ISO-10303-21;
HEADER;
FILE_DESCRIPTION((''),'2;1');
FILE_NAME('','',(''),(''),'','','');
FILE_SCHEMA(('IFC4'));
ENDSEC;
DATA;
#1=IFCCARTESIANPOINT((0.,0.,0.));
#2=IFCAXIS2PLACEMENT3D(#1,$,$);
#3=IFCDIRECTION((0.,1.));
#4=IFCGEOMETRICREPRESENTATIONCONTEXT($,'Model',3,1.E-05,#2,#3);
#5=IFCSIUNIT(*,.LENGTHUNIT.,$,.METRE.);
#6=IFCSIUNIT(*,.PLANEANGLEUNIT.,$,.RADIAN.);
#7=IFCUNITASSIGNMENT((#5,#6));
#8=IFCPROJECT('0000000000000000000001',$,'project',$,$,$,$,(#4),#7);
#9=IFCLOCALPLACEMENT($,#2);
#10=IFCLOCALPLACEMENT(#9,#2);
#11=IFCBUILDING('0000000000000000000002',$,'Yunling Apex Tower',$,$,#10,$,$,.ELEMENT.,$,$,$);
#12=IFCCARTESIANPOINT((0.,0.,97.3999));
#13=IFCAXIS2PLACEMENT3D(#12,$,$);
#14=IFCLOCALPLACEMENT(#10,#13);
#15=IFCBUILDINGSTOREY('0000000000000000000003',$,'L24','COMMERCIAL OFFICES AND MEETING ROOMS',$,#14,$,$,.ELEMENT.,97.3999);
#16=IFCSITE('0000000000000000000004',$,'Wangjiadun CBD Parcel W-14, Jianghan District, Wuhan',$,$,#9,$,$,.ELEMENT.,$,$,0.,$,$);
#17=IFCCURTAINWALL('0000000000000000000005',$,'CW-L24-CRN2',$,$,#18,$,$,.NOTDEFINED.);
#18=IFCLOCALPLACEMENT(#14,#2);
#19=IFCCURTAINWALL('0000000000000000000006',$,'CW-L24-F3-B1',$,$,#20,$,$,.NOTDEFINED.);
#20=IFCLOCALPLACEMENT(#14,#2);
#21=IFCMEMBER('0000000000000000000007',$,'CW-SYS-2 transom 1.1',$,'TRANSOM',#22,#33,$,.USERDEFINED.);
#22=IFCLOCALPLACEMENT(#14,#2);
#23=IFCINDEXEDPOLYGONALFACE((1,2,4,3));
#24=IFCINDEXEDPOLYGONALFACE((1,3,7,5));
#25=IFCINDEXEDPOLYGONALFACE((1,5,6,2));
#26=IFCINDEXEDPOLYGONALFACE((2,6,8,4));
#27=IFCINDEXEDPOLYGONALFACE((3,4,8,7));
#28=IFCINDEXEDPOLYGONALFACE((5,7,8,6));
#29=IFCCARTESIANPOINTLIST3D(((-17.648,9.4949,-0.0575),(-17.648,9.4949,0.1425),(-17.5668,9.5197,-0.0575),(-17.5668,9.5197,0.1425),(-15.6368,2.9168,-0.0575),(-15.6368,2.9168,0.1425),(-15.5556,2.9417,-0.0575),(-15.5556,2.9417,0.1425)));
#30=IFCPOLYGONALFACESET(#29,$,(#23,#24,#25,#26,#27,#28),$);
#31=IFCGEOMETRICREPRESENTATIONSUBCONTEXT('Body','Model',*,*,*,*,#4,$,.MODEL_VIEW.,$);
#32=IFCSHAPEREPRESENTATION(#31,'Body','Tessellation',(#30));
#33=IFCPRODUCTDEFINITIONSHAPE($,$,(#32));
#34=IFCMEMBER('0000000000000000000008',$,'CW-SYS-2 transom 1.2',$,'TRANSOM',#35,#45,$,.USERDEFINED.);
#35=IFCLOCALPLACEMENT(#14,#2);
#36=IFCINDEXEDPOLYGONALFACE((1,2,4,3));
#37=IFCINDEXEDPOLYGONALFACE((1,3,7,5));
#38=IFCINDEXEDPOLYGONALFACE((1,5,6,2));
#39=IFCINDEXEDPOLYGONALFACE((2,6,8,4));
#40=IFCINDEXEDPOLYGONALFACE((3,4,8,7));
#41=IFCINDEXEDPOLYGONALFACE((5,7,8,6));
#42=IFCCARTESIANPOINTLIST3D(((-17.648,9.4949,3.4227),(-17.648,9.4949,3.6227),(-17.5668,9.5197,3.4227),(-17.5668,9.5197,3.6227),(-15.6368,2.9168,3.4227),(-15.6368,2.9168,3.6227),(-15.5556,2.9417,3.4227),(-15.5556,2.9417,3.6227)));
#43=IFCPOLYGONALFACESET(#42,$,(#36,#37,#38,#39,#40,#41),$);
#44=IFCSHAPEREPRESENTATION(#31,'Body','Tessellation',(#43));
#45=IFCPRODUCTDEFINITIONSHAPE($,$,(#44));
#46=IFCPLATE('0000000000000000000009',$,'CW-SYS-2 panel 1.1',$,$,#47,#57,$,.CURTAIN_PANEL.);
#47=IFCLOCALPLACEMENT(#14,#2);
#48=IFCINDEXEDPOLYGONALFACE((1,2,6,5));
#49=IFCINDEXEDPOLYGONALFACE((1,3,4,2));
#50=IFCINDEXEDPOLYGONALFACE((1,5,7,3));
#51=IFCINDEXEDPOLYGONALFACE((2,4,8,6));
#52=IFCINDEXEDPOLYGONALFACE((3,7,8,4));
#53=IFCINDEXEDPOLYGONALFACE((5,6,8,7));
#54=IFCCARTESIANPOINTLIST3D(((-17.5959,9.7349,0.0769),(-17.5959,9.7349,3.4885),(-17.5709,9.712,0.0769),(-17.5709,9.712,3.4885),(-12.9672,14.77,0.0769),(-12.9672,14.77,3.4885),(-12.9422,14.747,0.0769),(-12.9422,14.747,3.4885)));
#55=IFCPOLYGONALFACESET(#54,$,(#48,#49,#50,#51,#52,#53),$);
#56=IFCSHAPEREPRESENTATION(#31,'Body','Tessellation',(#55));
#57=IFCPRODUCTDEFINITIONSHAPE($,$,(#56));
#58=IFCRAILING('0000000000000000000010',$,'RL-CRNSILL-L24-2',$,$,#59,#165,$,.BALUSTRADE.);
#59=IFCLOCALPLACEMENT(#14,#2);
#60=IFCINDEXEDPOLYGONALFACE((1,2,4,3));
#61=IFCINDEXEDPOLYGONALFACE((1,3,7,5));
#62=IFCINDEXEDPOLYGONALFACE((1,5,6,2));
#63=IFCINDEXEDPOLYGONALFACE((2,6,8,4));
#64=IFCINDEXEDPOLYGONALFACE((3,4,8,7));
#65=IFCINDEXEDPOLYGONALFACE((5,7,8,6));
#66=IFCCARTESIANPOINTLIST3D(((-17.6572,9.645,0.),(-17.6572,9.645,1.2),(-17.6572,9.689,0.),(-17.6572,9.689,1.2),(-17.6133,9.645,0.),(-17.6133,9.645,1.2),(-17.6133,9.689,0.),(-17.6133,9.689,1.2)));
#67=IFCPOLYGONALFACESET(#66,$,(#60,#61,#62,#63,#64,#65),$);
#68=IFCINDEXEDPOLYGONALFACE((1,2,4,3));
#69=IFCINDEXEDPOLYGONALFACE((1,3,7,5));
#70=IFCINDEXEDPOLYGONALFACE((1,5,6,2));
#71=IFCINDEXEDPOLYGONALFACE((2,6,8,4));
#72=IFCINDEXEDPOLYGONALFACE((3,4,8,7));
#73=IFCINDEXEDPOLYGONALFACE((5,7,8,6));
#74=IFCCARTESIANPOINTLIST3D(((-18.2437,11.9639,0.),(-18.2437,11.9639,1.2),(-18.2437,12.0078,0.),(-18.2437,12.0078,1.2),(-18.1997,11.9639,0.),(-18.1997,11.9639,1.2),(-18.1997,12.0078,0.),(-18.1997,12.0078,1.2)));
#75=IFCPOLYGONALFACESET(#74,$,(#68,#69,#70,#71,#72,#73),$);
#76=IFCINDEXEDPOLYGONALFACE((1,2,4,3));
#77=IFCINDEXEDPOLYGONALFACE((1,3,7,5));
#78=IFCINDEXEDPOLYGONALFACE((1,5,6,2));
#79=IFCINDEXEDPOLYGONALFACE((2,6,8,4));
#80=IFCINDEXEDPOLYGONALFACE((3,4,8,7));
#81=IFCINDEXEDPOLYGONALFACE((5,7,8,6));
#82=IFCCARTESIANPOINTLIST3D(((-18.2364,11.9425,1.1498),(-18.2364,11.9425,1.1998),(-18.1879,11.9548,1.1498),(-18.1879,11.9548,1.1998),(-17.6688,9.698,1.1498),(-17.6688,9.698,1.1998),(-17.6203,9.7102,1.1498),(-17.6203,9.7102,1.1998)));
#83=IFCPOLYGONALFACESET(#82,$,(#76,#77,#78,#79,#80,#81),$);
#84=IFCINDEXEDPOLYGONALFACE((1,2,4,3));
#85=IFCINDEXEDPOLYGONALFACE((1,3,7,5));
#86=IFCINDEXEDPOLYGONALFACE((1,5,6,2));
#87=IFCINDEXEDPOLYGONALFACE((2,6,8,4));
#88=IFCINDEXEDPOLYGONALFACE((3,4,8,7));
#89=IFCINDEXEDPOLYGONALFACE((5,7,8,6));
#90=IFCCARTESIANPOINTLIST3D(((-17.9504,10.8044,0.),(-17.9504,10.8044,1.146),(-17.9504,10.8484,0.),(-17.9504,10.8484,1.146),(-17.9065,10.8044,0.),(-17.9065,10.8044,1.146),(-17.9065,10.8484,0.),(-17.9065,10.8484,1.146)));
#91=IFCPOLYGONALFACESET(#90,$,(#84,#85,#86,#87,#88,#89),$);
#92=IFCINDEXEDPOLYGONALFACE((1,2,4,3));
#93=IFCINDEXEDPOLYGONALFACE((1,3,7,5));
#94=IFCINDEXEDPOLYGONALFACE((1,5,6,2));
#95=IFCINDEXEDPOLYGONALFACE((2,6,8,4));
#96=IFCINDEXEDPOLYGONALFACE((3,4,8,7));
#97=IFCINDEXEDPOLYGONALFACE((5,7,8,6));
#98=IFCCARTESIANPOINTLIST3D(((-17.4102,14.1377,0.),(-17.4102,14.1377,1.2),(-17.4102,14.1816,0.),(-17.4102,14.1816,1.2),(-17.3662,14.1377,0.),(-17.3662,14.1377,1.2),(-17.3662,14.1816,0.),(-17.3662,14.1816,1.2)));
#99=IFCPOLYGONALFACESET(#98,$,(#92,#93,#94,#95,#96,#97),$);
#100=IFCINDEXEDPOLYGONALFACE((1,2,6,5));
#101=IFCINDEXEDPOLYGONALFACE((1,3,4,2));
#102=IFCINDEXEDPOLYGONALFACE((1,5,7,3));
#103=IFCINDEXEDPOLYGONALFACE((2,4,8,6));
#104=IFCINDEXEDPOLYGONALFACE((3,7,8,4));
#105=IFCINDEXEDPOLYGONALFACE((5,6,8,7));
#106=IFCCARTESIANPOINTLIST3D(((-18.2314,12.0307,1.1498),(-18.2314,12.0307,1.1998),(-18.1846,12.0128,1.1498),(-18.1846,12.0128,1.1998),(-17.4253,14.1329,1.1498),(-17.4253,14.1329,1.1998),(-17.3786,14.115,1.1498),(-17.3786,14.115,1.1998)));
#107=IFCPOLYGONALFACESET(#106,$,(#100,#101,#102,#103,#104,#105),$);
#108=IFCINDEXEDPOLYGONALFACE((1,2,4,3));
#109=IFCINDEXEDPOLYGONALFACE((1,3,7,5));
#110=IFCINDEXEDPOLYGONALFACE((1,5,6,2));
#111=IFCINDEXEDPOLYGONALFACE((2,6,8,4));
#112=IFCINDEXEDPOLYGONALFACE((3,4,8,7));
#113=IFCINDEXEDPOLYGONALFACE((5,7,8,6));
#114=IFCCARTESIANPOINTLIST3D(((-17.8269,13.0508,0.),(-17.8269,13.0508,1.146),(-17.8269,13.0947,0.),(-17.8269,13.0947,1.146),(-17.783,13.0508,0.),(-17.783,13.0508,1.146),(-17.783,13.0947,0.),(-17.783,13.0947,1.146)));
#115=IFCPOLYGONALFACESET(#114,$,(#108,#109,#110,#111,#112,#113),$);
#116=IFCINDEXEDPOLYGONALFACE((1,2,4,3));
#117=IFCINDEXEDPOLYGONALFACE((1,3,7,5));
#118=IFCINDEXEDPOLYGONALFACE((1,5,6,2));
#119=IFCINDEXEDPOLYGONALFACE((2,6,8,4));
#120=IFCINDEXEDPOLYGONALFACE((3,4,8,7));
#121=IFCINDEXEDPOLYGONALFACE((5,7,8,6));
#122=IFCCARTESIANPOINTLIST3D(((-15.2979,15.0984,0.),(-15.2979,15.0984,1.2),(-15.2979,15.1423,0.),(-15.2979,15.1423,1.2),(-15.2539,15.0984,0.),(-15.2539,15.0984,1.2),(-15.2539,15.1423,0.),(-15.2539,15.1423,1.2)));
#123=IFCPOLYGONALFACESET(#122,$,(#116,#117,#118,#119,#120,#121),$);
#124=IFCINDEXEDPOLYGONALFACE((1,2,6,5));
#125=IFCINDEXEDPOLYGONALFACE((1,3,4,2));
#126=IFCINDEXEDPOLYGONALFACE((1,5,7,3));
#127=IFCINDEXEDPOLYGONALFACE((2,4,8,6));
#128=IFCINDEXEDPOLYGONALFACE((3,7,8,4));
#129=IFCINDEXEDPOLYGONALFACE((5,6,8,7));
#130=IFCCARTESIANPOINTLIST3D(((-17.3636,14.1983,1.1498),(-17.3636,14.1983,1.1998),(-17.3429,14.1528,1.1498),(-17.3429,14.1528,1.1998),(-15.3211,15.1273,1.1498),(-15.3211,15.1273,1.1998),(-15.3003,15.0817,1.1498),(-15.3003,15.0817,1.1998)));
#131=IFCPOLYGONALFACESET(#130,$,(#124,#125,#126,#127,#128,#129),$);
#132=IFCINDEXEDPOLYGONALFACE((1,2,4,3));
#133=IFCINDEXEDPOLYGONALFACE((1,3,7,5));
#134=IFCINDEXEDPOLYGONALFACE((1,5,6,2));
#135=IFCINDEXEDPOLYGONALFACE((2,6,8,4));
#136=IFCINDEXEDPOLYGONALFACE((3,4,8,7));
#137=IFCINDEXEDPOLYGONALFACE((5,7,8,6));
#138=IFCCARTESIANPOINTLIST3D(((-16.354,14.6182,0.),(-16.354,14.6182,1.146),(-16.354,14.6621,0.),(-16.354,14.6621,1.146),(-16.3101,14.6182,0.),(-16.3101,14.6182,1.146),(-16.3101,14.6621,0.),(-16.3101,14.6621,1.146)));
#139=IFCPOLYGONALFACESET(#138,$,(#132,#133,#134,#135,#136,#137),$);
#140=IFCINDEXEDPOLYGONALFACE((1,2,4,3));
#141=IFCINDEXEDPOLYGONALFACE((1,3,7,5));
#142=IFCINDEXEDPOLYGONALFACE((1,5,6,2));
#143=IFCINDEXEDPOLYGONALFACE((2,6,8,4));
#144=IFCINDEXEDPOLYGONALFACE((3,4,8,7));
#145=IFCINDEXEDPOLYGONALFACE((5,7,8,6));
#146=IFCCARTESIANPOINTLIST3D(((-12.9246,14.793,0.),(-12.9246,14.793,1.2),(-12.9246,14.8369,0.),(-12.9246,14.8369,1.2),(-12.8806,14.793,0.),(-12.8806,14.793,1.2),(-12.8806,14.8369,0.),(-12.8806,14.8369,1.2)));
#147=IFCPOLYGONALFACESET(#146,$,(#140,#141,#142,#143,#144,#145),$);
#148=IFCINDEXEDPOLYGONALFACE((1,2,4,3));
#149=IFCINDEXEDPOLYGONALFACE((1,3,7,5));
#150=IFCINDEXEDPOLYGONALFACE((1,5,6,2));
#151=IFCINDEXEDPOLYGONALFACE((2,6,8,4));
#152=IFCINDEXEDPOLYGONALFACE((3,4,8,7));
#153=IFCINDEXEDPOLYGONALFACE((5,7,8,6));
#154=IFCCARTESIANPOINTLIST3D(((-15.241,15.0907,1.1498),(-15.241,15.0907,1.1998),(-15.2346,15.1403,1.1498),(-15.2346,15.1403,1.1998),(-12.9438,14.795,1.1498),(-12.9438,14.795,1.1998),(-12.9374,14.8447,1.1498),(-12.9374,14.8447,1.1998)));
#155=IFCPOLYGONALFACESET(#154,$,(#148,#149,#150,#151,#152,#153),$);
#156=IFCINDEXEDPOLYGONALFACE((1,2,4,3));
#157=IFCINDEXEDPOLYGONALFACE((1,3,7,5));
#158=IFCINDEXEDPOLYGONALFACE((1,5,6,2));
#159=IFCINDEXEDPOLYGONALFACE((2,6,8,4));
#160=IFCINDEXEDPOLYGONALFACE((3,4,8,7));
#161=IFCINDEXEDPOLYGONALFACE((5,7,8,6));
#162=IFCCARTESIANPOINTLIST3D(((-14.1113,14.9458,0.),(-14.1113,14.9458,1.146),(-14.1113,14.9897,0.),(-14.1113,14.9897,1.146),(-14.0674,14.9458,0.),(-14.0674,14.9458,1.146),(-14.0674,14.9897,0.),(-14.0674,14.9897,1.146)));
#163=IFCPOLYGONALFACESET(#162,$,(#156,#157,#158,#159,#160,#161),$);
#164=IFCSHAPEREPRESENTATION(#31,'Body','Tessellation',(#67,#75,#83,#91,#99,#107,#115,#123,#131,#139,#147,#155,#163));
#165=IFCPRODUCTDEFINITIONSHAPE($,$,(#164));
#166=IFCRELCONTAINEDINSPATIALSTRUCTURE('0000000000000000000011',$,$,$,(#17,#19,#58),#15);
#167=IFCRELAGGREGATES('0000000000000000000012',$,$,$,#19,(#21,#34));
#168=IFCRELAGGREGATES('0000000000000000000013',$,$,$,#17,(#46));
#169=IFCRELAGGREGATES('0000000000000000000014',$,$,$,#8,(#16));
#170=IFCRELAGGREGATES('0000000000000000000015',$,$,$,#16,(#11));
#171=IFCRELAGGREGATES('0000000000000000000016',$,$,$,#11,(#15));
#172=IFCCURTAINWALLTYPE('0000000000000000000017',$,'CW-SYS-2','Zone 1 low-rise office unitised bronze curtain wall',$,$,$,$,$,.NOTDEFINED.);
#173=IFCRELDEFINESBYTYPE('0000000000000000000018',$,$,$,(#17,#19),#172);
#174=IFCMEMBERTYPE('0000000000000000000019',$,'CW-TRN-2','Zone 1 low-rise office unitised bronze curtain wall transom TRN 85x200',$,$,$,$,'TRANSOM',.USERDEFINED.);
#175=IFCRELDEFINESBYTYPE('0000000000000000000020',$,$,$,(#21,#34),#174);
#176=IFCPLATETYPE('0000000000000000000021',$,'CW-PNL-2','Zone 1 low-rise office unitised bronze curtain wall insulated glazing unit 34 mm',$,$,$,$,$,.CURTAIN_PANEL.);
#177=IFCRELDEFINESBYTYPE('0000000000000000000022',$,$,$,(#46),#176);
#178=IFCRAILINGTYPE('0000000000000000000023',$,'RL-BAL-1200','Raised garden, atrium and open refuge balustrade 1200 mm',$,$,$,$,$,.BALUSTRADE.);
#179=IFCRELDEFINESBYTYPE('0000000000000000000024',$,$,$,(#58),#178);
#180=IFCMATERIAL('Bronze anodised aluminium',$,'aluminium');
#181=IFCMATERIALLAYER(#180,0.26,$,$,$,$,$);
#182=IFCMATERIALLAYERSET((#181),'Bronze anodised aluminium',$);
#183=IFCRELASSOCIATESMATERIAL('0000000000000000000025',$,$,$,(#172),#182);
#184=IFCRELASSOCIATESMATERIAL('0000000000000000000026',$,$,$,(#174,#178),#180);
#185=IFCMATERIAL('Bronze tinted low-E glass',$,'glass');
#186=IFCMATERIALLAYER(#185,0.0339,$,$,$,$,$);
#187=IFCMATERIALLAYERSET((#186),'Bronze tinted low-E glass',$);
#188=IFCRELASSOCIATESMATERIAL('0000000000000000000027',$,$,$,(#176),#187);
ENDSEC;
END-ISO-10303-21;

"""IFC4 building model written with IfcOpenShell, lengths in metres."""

from ifc_helpers import new_model, si_unit, direction, frame, origin, origin_2d, place, context, subcontext, project, spatial, rectangle, extrude, source, transform, mapped, material, layer, layer_set, material_profile, profile_set, type_object, element, aggregate, save


model = new_model("IFC4")

# Units and contexts
model_context = context("Model", 3, precision=1e-05, world=origin(), true_north=direction((0.0, 1.0)))
body_context = subcontext(model_context, "Body", "Model", "MODEL_VIEW")
ifc_project = project(units=[si_unit("LENGTHUNIT", "METRE"), si_unit("PLANEANGLEUNIT", "RADIAN")], contexts=[model_context])

# Site, building, storey
site_placement = place(None, origin())
site = spatial("IfcSite", under=ifc_project, at=site_placement, Name="Wangjiadun CBD Parcel W-14, Jianghan District, Wuhan", CompositionType="ELEMENT", RefElevation=0.0)
building_placement = place(site_placement, origin())
building = spatial("IfcBuilding", under=site, at=building_placement, Name="Yunling Apex Tower", CompositionType="ELEMENT")
storey_placement = place(building_placement, frame((0.0, 0.0, 97.3999)))
storey = spatial("IfcBuildingStorey", under=building, at=storey_placement, Name="L24", Description="COMMERCIAL OFFICES AND MEETING ROOMS", CompositionType="ELEMENT", Elevation=97.3999)

# Shared definitions
ifc_material_1 = material(Name="Bronze anodised aluminium", Category="aluminium")
ifc_layer_1 = layer(ifc_material_1, 0.26)
ifc_layer_set_1 = layer_set([ifc_layer_1], Name="Bronze anodised aluminium")
curtain_wall_type = type_object("IfcCurtainWallType", Name="CW-SYS-2", Description="Zone 1 low-rise office unitised bronze curtain wall", PredefinedType="NOTDEFINED", material=ifc_layer_set_1)

# Curtain wall
curtain_wall_1_placement = place(storey_placement, origin())
curtain_wall_1 = element("IfcCurtainWall", 1, at=curtain_wall_1_placement, inside=storey, type_object=curtain_wall_type, Name="CW-L24-CRN2", PredefinedType="NOTDEFINED")

# Curtain wall
curtain_wall_2_placement = place(storey_placement, origin())
curtain_wall_2 = element("IfcCurtainWall", 2, at=curtain_wall_2_placement, inside=storey, type_object=curtain_wall_type, Name="CW-L24-F3-B1", PredefinedType="NOTDEFINED")

# Members
ifc_material_profile_1 = material_profile(ifc_material_1, rectangle(XDim=0.085, YDim=0.2, at=origin_2d()))
ifc_profile_set_1 = profile_set([ifc_material_profile_1], Name="Bronze anodised aluminium")
member_type_1 = type_object("IfcMemberType", Name="CW-TRN-2", Description="Zone 1 low-rise office unitised bronze curtain wall transom TRN 85x200", ElementType="TRANSOM", PredefinedType="USERDEFINED", material=ifc_profile_set_1)
shared_shape_1 = source(origin(), body_context, "Body", "SweptSolid", [
    extrude(rectangle(XDim=0.085, YDim=0.2, at=origin_2d()), origin(), (0.0, 0.0, 1.0), 6.8787),
])
member_1_placement = place(storey_placement, frame((-17.6074, 9.5073, 0.0425), z_axis=(0.292384, -0.956301, 0.0), x_axis=(0.956301, 0.292384, 0.0)))
member_1 = element("IfcMember", 3, at=member_1_placement, type_object=member_type_1, Name="CW-SYS-2 transom 1.1", ObjectType="TRANSOM", PredefinedType="USERDEFINED", context=body_context, shape_type="MappedRepresentation", body=[
    mapped(shared_shape_1, transform((0.0, 0.0, 0.0), scale=1.0)),
])
member_2_placement = place(storey_placement, frame((-17.6074, 9.5073, 3.5227), z_axis=(0.292384, -0.956301, 0.0), x_axis=(0.956301, 0.292384, 0.0)))
member_2 = element("IfcMember", 4, at=member_2_placement, type_object=member_type_1, Name="CW-SYS-2 transom 1.2", ObjectType="TRANSOM", PredefinedType="USERDEFINED", context=body_context, shape_type="MappedRepresentation", body=[
    mapped(shared_shape_1, transform((0.0, 0.0, 0.0), scale=1.0)),
])
aggregate(curtain_wall_2, [member_1, member_2])

# Plate
ifc_material_2 = material(Name="Bronze tinted low-E glass", Category="glass")
ifc_layer_2 = layer(ifc_material_2, 0.0339)
ifc_layer_set_2 = layer_set([ifc_layer_2], Name="Bronze tinted low-E glass")
plate_type = type_object("IfcPlateType", Name="CW-PNL-2", Description="Zone 1 low-rise office unitised bronze curtain wall insulated glazing unit 34 mm", PredefinedType="CURTAIN_PANEL", material=ifc_layer_set_2)
shared_shape_2 = source(origin(), body_context, "Body", "SweptSolid", [
    extrude(rectangle(XDim=6.8394, YDim=0.0339, at=origin_2d()), origin(), (0.0, 0.0, 1.0), 3.4116),
])
plate_placement = place(storey_placement, frame((-15.269, 12.241, 0.0769), z_axis=(0.0, 0.0, 1.0), x_axis=(-0.676781, -0.736185, 0.0)))
plate = element("IfcPlate", 5, at=plate_placement, type_object=plate_type, Name="CW-SYS-2 panel 1.1", PredefinedType="CURTAIN_PANEL", context=body_context, shape_type="MappedRepresentation", body=[
    mapped(shared_shape_2, transform((0.0, 0.0, 0.0), scale=1.0)),
])
aggregate(curtain_wall_1, [plate])

# Railing
railing_type = type_object("IfcRailingType", Name="RL-BAL-1200", Description="Raised garden, atrium and open refuge balustrade 1200 mm", PredefinedType="BALUSTRADE", material=ifc_material_1)
railing_placement = place(storey_placement, frame((-17.6353, 9.667, 0.0)))
element("IfcRailing", 6, at=railing_placement, inside=storey, type_object=railing_type, Name="RL-CRNSILL-L24-2", PredefinedType="BALUSTRADE", context=body_context, shape_type="SweptSolid", body=[
    extrude(rectangle(XDim=0.0439, YDim=0.0439, at=origin_2d()), origin(), (0.0, 0.0, 1.0), 1.2),
    extrude(rectangle(XDim=0.0439, YDim=0.0439, at=origin_2d()), frame((-0.5864, 2.3188, 0.0)), (0.0, 0.0, 1.0), 1.2),
    extrude(rectangle(XDim=0.05, YDim=0.05, at=origin_2d()), frame((-0.0093, 0.0371, 1.1748), z_axis=(-0.245177, 0.969478, 0.0), x_axis=(-0.969478, -0.245177, 0.0)), (0.0, 0.0, 1.0), 2.3152),
    extrude(rectangle(XDim=0.0439, YDim=0.0439, at=origin_2d()), frame((-0.2932, 1.1594, 0.0)), (0.0, 0.0, 1.0), 1.146),
    extrude(rectangle(XDim=0.0439, YDim=0.0439, at=origin_2d()), frame((0.2471, 4.4927, 0.0)), (0.0, 0.0, 1.0), 1.2),
    extrude(rectangle(XDim=0.05, YDim=0.05, at=origin_2d()), frame((-0.5728, 2.3547, 1.1748), z_axis=(0.358009, 0.933718, 0.0), x_axis=(-0.933718, 0.358009, 0.0)), (0.0, 0.0, 1.0), 2.2515),
    extrude(rectangle(XDim=0.0439, YDim=0.0439, at=origin_2d()), frame((-0.1697, 3.4058, 0.0)), (0.0, 0.0, 1.0), 1.146),
    extrude(rectangle(XDim=0.0439, YDim=0.0439, at=origin_2d()), frame((2.3594, 5.4534, 0.0)), (0.0, 0.0, 1.0), 1.2),
    extrude(rectangle(XDim=0.05, YDim=0.05, at=origin_2d()), frame((0.282, 4.5085, 1.1748), z_axis=(0.910276, 0.414001, 0.0), x_axis=(-0.414001, 0.910276, 0.0)), (0.0, 0.0, 1.0), 2.2439),
    extrude(rectangle(XDim=0.0439, YDim=0.0439, at=origin_2d()), frame((1.3032, 4.9731, 0.0)), (0.0, 0.0, 1.0), 1.146),
    extrude(rectangle(XDim=0.0439, YDim=0.0439, at=origin_2d()), frame((4.7327, 5.1479, 0.0)), (0.0, 0.0, 1.0), 1.2),
    extrude(rectangle(XDim=0.05, YDim=0.05, at=origin_2d()), frame((2.3975, 5.4485, 1.1748), z_axis=(0.991821, -0.127638, 0.0), x_axis=(0.127638, 0.991821, 0.0)), (0.0, 0.0, 1.0), 2.3162),
    extrude(rectangle(XDim=0.0439, YDim=0.0439, at=origin_2d()), frame((3.5459, 5.3008, 0.0)), (0.0, 0.0, 1.0), 1.146),
])

save(model, "model.ifc")
